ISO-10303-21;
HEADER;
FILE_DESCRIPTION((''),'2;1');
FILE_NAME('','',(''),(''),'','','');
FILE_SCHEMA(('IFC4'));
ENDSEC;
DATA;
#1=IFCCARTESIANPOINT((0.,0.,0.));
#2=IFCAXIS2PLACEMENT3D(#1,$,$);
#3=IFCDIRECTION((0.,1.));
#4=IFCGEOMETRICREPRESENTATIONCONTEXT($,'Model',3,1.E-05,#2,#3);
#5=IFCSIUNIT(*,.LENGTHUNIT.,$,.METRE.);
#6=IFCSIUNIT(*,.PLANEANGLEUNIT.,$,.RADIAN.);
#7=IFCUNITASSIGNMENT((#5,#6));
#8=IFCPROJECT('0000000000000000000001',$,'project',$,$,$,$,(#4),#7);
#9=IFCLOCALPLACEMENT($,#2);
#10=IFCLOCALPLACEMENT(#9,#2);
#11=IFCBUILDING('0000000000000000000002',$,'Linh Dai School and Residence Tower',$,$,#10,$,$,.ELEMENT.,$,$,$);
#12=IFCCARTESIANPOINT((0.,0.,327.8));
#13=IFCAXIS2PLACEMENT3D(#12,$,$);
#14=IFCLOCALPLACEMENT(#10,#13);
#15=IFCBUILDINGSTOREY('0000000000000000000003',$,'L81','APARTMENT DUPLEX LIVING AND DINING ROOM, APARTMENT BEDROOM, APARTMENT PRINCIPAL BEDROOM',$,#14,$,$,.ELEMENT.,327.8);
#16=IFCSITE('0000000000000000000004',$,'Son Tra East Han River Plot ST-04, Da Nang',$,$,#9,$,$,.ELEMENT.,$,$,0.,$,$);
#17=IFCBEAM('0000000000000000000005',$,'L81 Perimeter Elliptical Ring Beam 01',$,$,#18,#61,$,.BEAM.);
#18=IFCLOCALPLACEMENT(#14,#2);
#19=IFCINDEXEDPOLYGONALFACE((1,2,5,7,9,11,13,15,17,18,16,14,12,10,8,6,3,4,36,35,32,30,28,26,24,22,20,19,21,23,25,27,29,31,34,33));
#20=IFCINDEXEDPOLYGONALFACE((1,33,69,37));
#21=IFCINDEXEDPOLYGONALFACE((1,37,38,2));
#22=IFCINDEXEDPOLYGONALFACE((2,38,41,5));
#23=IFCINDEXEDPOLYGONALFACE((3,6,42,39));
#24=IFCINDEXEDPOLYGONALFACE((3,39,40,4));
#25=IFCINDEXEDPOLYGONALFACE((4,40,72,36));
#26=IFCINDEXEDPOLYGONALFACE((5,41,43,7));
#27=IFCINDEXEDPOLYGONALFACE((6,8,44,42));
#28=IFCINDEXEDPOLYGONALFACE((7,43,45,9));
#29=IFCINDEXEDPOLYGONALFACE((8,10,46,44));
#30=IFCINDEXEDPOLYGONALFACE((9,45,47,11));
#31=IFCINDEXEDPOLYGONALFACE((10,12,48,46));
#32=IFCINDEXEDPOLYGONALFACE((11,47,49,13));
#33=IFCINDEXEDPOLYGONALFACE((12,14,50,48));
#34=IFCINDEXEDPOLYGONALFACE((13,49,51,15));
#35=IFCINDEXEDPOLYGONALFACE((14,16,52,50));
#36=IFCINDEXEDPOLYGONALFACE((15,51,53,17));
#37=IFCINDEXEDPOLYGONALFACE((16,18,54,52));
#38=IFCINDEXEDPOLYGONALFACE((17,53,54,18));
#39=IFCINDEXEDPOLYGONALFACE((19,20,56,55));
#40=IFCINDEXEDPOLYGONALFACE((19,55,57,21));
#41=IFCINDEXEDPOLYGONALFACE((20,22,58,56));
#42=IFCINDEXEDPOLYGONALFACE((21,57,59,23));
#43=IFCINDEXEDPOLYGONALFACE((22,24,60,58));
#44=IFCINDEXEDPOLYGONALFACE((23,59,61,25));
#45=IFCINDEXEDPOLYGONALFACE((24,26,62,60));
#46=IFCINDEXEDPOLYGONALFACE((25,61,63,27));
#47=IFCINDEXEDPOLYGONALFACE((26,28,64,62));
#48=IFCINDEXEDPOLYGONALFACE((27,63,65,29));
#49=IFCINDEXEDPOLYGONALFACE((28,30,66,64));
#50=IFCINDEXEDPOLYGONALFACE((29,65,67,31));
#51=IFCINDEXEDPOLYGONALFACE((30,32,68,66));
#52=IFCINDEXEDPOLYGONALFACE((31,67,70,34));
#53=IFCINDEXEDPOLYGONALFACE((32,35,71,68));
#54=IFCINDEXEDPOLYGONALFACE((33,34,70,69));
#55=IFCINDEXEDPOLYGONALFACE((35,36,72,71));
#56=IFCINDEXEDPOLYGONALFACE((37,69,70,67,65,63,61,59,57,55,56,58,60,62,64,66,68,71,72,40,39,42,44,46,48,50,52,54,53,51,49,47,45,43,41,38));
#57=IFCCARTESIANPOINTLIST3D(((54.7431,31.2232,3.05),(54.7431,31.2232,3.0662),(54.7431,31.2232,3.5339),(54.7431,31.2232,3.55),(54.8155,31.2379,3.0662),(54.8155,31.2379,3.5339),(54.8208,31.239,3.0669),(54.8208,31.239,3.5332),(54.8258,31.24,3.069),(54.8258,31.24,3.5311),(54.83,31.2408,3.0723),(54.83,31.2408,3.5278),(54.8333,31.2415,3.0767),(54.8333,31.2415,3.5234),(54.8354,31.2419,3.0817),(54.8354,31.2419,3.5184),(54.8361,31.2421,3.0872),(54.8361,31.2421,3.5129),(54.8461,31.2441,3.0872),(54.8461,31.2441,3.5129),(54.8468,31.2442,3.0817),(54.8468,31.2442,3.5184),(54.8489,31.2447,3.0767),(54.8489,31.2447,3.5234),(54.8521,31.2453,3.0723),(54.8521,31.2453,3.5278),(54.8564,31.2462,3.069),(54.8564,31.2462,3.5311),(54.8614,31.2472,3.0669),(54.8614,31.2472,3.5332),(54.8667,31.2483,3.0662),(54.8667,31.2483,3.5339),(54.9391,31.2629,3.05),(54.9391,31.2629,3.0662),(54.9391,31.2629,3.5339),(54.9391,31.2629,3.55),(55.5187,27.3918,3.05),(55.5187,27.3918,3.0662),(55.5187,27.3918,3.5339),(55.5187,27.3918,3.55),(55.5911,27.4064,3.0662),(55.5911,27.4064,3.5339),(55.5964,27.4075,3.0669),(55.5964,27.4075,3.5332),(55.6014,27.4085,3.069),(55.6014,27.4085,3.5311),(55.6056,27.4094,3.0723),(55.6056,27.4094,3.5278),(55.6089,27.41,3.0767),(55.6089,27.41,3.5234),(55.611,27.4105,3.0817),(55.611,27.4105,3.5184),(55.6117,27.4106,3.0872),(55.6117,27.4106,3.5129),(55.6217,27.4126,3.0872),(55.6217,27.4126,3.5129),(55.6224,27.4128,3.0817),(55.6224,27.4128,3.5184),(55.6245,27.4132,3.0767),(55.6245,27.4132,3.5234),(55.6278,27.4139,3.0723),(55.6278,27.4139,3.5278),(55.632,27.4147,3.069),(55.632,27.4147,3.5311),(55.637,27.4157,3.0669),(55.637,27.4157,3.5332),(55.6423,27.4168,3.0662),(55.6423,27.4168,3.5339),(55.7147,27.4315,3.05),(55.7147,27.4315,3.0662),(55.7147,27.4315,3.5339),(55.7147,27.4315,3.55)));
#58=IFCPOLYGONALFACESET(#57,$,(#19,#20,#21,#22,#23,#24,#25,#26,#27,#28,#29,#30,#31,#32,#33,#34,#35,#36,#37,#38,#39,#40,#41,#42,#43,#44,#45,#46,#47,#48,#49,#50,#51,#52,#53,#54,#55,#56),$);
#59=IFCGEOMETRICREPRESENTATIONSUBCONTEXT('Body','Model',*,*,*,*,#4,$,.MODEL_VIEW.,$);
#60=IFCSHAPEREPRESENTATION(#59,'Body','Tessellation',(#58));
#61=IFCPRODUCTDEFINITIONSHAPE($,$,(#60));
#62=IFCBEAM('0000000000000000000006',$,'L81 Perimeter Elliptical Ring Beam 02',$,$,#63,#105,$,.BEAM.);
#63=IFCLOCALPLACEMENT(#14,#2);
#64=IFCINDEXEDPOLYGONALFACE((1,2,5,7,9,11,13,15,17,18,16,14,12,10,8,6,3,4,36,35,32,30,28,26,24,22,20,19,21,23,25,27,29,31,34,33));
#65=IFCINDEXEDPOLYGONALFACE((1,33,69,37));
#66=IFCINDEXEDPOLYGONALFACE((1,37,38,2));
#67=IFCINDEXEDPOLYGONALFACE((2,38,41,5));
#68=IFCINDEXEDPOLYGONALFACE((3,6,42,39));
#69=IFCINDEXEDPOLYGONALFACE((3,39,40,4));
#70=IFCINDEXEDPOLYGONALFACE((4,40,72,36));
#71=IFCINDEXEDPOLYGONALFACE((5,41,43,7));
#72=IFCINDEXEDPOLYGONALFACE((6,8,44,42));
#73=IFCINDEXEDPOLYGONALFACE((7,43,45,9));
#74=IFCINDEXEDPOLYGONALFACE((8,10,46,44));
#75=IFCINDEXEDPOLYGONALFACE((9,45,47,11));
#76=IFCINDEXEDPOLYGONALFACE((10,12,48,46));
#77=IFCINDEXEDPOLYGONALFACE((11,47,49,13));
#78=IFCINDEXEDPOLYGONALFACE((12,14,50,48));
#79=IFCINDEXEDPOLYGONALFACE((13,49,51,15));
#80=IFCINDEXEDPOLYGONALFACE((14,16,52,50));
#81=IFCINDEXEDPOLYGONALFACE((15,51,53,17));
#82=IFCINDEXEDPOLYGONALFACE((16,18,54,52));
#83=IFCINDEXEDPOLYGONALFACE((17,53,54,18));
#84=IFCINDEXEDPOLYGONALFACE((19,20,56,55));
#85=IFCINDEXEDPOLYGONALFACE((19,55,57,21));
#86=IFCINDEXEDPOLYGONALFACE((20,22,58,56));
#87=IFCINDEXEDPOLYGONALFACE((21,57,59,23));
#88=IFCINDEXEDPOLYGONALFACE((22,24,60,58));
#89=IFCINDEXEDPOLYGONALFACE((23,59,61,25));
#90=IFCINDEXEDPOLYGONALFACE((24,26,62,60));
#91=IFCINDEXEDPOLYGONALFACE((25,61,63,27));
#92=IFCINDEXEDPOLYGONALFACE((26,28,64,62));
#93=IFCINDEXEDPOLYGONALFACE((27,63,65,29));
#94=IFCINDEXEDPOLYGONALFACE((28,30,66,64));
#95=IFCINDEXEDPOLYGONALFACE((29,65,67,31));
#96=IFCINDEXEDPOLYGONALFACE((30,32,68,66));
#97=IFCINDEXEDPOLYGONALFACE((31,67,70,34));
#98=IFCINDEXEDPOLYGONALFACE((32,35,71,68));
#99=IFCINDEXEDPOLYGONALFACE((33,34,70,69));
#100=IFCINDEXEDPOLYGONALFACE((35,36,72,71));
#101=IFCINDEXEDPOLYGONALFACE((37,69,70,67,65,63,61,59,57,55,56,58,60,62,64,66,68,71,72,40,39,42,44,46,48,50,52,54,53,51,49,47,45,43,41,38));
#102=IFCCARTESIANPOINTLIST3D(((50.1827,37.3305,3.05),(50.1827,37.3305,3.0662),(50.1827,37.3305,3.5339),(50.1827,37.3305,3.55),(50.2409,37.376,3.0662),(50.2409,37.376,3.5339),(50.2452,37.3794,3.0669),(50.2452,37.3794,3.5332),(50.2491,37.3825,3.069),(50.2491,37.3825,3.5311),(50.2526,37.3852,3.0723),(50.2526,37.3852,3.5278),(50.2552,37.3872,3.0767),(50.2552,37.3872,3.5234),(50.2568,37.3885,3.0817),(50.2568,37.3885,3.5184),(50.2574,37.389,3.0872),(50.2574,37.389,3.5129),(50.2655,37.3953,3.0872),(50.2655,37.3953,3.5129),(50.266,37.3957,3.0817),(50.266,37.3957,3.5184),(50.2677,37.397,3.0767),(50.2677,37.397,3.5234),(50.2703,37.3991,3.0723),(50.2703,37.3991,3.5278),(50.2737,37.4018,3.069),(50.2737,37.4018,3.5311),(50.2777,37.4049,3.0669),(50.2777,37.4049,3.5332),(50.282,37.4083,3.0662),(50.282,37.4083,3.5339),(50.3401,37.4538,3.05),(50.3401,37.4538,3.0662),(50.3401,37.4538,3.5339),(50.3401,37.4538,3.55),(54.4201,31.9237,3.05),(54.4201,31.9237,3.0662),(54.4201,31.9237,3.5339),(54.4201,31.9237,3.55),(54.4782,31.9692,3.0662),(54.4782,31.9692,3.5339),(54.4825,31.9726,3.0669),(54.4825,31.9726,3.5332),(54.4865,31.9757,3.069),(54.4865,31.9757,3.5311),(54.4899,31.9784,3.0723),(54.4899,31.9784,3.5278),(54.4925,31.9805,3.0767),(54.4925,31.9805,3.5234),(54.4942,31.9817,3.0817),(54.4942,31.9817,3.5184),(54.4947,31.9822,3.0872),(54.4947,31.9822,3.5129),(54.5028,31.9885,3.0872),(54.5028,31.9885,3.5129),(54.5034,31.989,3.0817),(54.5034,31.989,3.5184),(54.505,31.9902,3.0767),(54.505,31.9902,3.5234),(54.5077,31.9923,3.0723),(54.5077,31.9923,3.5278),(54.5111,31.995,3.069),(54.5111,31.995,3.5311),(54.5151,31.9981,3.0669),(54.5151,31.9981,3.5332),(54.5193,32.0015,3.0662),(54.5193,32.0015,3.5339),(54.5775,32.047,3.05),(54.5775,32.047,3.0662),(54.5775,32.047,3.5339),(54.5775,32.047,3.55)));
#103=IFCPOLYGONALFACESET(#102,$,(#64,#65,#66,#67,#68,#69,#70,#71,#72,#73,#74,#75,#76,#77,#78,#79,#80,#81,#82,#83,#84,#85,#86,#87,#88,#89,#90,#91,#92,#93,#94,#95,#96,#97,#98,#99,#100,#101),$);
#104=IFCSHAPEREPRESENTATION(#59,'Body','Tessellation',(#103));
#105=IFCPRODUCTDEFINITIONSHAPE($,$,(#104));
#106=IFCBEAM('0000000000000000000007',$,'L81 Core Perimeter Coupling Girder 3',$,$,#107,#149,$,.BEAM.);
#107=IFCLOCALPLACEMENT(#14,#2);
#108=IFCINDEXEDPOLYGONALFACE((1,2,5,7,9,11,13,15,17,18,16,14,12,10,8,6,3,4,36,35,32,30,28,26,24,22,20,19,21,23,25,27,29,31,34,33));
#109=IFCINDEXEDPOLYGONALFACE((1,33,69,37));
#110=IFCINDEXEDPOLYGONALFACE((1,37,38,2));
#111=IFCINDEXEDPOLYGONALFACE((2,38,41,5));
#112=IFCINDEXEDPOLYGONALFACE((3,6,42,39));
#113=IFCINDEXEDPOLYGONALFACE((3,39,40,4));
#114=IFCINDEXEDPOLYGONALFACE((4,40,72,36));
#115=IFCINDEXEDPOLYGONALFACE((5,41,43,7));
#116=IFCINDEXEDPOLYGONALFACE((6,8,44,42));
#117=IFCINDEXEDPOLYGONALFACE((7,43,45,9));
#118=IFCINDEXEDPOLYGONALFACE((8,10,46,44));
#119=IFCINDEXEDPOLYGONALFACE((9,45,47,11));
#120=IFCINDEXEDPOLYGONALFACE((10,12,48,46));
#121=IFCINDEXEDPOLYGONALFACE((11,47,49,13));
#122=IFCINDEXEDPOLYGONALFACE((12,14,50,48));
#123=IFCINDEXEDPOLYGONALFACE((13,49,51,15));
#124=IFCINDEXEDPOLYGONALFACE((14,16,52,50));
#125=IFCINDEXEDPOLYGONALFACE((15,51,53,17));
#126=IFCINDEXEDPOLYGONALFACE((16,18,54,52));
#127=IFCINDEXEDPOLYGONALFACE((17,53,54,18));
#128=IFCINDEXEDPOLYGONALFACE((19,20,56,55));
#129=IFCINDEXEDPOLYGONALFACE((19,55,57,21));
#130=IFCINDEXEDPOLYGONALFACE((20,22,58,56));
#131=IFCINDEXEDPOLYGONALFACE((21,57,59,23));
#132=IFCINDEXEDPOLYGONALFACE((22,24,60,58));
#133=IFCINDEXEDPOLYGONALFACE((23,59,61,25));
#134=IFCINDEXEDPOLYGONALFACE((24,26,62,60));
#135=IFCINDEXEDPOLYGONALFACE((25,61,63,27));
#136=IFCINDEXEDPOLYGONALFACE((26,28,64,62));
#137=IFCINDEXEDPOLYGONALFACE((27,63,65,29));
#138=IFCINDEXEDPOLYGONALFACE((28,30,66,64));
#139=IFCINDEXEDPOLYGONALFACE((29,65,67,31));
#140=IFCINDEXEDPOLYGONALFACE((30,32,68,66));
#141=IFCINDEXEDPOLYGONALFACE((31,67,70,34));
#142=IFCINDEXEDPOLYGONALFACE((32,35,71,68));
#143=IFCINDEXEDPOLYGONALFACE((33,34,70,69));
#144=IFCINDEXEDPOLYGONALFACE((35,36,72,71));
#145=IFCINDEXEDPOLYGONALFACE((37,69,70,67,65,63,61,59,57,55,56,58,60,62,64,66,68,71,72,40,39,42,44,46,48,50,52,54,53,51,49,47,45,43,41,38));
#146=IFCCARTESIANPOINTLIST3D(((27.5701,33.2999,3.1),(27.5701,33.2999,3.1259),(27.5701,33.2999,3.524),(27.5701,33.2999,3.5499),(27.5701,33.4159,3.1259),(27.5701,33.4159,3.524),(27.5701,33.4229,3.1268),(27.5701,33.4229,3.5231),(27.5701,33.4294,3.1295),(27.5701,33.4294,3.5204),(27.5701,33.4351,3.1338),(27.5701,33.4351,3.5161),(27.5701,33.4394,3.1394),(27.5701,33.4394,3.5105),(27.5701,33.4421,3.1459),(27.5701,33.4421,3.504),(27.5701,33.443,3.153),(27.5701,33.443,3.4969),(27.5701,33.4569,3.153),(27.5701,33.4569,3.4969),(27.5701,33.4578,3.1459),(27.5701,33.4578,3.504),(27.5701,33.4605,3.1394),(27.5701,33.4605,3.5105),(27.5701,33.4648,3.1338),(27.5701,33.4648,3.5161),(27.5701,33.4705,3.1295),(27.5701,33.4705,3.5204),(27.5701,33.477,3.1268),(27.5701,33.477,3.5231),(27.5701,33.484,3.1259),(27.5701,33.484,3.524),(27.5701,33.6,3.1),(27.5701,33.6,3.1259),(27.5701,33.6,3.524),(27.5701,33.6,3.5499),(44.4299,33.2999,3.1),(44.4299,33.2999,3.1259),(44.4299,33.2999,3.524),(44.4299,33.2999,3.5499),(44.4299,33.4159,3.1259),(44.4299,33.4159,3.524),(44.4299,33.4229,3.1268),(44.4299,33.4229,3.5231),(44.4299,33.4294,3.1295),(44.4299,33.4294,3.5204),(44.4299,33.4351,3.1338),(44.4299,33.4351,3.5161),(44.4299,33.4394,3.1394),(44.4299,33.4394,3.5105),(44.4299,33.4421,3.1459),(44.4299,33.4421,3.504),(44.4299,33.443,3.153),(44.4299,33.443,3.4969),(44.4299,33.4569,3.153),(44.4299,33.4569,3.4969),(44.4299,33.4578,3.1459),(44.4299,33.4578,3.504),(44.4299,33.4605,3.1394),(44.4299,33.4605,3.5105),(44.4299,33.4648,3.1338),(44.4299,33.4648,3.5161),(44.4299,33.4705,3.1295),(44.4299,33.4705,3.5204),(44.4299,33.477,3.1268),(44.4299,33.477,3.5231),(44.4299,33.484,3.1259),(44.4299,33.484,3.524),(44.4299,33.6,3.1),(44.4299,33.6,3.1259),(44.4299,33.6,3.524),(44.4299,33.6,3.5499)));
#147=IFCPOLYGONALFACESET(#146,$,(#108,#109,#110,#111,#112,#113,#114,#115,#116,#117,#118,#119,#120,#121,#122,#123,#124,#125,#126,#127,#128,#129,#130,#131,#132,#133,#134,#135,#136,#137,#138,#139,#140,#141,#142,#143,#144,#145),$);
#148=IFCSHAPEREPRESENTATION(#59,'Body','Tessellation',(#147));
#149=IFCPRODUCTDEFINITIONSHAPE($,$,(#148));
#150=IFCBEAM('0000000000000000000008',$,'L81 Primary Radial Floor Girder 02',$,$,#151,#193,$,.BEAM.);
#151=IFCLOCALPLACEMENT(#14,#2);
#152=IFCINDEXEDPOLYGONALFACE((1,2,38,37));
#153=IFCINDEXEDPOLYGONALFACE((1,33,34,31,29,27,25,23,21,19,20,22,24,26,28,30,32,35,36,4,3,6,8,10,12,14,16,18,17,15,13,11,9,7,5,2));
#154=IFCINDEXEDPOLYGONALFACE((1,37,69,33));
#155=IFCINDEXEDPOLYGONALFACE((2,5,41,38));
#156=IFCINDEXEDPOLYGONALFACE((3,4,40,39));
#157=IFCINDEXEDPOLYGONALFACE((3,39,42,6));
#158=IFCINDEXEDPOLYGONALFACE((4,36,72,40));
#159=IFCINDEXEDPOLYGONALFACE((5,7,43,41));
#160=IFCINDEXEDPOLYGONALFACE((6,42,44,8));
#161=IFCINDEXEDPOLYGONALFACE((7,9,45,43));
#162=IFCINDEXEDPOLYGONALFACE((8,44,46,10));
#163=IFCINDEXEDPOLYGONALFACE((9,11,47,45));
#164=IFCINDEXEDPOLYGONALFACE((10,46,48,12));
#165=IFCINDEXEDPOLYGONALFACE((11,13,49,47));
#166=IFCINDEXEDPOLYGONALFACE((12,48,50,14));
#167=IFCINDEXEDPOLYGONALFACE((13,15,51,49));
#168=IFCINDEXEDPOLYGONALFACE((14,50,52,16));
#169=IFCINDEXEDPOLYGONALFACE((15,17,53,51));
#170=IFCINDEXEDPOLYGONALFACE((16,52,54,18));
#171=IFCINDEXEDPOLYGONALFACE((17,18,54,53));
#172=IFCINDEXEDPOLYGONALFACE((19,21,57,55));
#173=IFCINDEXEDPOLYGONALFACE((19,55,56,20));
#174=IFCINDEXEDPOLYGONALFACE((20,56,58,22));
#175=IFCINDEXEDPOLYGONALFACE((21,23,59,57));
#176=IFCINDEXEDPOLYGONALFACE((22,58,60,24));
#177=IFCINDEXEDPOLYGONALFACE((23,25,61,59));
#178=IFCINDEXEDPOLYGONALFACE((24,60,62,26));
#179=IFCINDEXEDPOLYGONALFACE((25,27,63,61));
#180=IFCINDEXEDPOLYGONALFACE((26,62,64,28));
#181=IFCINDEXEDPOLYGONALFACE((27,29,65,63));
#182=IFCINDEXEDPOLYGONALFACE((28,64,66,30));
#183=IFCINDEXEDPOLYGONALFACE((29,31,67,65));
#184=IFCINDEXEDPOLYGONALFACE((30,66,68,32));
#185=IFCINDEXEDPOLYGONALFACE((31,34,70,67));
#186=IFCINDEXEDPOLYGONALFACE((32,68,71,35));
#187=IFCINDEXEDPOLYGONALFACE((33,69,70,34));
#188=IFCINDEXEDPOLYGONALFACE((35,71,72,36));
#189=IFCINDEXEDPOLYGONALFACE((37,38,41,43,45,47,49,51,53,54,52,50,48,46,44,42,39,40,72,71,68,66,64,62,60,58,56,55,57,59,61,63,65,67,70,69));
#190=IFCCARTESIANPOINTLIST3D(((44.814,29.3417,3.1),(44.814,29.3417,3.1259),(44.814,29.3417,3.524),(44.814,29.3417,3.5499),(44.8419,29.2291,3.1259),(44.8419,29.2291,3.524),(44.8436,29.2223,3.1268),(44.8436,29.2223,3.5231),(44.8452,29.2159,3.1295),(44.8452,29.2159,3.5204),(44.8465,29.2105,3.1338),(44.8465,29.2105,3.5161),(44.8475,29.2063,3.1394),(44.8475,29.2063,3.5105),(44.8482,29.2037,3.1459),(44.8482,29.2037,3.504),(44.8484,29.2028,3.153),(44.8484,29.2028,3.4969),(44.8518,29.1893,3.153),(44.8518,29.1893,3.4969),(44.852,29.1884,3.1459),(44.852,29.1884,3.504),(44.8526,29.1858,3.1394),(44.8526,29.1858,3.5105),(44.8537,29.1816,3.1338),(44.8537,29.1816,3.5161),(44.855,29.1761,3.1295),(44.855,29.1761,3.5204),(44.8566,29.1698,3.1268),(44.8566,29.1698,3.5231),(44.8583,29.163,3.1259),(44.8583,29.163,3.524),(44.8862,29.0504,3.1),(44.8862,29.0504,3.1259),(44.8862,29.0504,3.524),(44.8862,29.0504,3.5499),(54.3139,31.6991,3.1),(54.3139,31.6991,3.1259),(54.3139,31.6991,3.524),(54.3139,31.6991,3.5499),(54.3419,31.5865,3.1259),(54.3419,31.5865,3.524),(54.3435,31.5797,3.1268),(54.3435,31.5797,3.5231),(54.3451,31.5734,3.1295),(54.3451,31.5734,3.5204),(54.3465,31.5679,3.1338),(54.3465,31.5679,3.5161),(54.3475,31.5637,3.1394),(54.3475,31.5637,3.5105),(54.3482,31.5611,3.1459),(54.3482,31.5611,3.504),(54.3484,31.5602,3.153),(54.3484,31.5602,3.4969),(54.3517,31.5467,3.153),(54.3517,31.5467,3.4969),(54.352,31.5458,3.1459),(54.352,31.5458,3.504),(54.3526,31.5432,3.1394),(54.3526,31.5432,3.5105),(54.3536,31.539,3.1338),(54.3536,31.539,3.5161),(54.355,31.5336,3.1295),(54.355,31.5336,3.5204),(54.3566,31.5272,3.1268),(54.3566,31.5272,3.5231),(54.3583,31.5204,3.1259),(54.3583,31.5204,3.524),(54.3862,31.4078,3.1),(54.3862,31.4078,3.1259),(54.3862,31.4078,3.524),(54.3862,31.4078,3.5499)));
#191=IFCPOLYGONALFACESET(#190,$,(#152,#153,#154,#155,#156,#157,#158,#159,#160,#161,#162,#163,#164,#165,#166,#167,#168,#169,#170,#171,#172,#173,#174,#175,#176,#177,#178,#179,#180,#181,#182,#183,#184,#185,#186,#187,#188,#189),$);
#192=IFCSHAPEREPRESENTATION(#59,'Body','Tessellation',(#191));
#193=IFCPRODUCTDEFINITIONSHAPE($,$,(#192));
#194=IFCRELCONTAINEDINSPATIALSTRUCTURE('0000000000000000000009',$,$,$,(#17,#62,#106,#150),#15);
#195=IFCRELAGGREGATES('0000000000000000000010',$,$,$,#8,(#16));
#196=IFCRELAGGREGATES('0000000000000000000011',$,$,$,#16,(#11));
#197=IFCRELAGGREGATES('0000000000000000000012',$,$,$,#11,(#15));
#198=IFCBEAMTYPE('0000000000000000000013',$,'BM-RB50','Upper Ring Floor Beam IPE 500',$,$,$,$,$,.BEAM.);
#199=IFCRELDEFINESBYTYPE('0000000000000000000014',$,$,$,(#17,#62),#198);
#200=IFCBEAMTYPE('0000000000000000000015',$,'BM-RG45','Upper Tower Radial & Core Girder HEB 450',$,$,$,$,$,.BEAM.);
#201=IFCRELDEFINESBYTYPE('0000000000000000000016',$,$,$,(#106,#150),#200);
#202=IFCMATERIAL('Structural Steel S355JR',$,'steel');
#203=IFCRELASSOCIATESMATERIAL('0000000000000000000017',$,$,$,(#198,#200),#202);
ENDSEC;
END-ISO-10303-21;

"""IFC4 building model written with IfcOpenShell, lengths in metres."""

from ifc_helpers import new_model, si_unit, direction, frame, origin, origin_2d, place, context, subcontext, project, spatial, i_section, extrude, material, material_profile, profile_set, type_object, element, save


model = new_model("IFC4")

# Units and contexts
model_context = context("Model", 3, precision=1e-05, world=origin(), true_north=direction((0.0, 1.0)))
body_context = subcontext(model_context, "Body", "Model", "MODEL_VIEW")
ifc_project = project(units=[si_unit("LENGTHUNIT", "METRE"), si_unit("PLANEANGLEUNIT", "RADIAN")], contexts=[model_context])

# Site, building, storey
site_placement = place(None, origin())
site = spatial("IfcSite", under=ifc_project, at=site_placement, Name="Son Tra East Han River Plot ST-04, Da Nang", CompositionType="ELEMENT", RefElevation=0.0)
building_placement = place(site_placement, origin())
building = spatial("IfcBuilding", under=site, at=building_placement, Name="Linh Dai School and Residence Tower", CompositionType="ELEMENT")
storey_placement = place(building_placement, frame((0.0, 0.0, 327.8)))
storey = spatial("IfcBuildingStorey", under=building, at=storey_placement, Name="L81", Description="APARTMENT DUPLEX LIVING AND DINING ROOM, APARTMENT BEDROOM, APARTMENT PRINCIPAL BEDROOM", CompositionType="ELEMENT", Elevation=327.8)

# Shared definitions
ifc_material_1 = material(Name="Structural Steel S355JR", Category="steel")

# Beams
ifc_material_profile_1 = material_profile(ifc_material_1, i_section(OverallWidth=0.2, OverallDepth=0.5, WebThickness=0.0103, FlangeThickness=0.0161, FilletRadius=0.021, at=origin_2d()), Name="IPE 500")
ifc_profile_set_1 = profile_set([ifc_material_profile_1], Name="Structural Steel S355JR")
beam_type_1 = type_object("IfcBeamType", Name="BM-RB50", Description="Upper Ring Floor Beam IPE 500", PredefinedType="BEAM", material=ifc_profile_set_1)
beam_1_placement = place(storey_placement, frame((55.6167, 27.4116, 3.3), z_axis=(-0.19841, 0.980119, 0.0), x_axis=(-0.980119, -0.19841, 0.0)))
element("IfcBeam", 1, at=beam_1_placement, inside=storey, type_object=beam_type_1, Name="L81 Perimeter Elliptical Ring Beam 01", PredefinedType="BEAM", context=body_context, shape_type="SweptSolid", body=[
    extrude(i_section(OverallWidth=0.2, OverallDepth=0.5, WebThickness=0.0103, FlangeThickness=0.0161, FilletRadius=0.021, at=origin_2d()), origin(), (0.0, 0.0, 1.0), 3.9092),
])
beam_2_placement = place(storey_placement, frame((54.4988, 31.9854, 3.3), z_axis=(-0.616845, 0.787085, 0.0), x_axis=(-0.787085, -0.616845, 0.0)))
element("IfcBeam", 2, at=beam_2_placement, inside=storey, type_object=beam_type_1, Name="L81 Perimeter Elliptical Ring Beam 02", PredefinedType="BEAM", context=body_context, shape_type="SweptSolid", body=[
    extrude(i_section(OverallWidth=0.2, OverallDepth=0.5, WebThickness=0.0103, FlangeThickness=0.0161, FilletRadius=0.021, at=origin_2d()), origin(), (0.0, 0.0, 1.0), 6.8694),
])
ifc_material_profile_2 = material_profile(ifc_material_1, i_section(OverallWidth=0.3, OverallDepth=0.45, WebThickness=0.0139, FlangeThickness=0.0259, FilletRadius=0.0271, at=origin_2d()), Name="HEB 450")
ifc_profile_set_2 = profile_set([ifc_material_profile_2], Name="Structural Steel S355JR")
beam_type_2 = type_object("IfcBeamType", Name="BM-RG45", Description="Upper Tower Radial & Core Girder HEB 450", PredefinedType="BEAM", material=ifc_profile_set_2)
beam_3_placement = place(storey_placement, frame((44.4299, 33.45, 3.325), z_axis=(-1.0, 0.0, 0.0), x_axis=(0.0, -1.0, 0.0)))
element("IfcBeam", 3, at=beam_3_placement, inside=storey, type_object=beam_type_2, Name="L81 Core Perimeter Coupling Girder 3", PredefinedType="BEAM", context=body_context, shape_type="SweptSolid", body=[
    extrude(i_section(OverallWidth=0.3, OverallDepth=0.45, WebThickness=0.0139, FlangeThickness=0.0259, FilletRadius=0.0271, at=origin_2d()), origin(), (0.0, 0.0, 1.0), 16.8599),
])
beam_4_placement = place(storey_placement, frame((44.8501, 29.196, 3.325), z_axis=(0.970564, 0.240845, 0.0), x_axis=(-0.240845, 0.970564, 0.0)))
element("IfcBeam", 4, at=beam_4_placement, inside=storey, type_object=beam_type_2, Name="L81 Primary Radial Floor Girder 02", PredefinedType="BEAM", context=body_context, shape_type="SweptSolid", body=[
    extrude(i_section(OverallWidth=0.3, OverallDepth=0.45, WebThickness=0.0139, FlangeThickness=0.0259, FilletRadius=0.0271, at=origin_2d()), origin(), (0.0, 0.0, 1.0), 9.7881),
])

save(model, "model.ifc")
